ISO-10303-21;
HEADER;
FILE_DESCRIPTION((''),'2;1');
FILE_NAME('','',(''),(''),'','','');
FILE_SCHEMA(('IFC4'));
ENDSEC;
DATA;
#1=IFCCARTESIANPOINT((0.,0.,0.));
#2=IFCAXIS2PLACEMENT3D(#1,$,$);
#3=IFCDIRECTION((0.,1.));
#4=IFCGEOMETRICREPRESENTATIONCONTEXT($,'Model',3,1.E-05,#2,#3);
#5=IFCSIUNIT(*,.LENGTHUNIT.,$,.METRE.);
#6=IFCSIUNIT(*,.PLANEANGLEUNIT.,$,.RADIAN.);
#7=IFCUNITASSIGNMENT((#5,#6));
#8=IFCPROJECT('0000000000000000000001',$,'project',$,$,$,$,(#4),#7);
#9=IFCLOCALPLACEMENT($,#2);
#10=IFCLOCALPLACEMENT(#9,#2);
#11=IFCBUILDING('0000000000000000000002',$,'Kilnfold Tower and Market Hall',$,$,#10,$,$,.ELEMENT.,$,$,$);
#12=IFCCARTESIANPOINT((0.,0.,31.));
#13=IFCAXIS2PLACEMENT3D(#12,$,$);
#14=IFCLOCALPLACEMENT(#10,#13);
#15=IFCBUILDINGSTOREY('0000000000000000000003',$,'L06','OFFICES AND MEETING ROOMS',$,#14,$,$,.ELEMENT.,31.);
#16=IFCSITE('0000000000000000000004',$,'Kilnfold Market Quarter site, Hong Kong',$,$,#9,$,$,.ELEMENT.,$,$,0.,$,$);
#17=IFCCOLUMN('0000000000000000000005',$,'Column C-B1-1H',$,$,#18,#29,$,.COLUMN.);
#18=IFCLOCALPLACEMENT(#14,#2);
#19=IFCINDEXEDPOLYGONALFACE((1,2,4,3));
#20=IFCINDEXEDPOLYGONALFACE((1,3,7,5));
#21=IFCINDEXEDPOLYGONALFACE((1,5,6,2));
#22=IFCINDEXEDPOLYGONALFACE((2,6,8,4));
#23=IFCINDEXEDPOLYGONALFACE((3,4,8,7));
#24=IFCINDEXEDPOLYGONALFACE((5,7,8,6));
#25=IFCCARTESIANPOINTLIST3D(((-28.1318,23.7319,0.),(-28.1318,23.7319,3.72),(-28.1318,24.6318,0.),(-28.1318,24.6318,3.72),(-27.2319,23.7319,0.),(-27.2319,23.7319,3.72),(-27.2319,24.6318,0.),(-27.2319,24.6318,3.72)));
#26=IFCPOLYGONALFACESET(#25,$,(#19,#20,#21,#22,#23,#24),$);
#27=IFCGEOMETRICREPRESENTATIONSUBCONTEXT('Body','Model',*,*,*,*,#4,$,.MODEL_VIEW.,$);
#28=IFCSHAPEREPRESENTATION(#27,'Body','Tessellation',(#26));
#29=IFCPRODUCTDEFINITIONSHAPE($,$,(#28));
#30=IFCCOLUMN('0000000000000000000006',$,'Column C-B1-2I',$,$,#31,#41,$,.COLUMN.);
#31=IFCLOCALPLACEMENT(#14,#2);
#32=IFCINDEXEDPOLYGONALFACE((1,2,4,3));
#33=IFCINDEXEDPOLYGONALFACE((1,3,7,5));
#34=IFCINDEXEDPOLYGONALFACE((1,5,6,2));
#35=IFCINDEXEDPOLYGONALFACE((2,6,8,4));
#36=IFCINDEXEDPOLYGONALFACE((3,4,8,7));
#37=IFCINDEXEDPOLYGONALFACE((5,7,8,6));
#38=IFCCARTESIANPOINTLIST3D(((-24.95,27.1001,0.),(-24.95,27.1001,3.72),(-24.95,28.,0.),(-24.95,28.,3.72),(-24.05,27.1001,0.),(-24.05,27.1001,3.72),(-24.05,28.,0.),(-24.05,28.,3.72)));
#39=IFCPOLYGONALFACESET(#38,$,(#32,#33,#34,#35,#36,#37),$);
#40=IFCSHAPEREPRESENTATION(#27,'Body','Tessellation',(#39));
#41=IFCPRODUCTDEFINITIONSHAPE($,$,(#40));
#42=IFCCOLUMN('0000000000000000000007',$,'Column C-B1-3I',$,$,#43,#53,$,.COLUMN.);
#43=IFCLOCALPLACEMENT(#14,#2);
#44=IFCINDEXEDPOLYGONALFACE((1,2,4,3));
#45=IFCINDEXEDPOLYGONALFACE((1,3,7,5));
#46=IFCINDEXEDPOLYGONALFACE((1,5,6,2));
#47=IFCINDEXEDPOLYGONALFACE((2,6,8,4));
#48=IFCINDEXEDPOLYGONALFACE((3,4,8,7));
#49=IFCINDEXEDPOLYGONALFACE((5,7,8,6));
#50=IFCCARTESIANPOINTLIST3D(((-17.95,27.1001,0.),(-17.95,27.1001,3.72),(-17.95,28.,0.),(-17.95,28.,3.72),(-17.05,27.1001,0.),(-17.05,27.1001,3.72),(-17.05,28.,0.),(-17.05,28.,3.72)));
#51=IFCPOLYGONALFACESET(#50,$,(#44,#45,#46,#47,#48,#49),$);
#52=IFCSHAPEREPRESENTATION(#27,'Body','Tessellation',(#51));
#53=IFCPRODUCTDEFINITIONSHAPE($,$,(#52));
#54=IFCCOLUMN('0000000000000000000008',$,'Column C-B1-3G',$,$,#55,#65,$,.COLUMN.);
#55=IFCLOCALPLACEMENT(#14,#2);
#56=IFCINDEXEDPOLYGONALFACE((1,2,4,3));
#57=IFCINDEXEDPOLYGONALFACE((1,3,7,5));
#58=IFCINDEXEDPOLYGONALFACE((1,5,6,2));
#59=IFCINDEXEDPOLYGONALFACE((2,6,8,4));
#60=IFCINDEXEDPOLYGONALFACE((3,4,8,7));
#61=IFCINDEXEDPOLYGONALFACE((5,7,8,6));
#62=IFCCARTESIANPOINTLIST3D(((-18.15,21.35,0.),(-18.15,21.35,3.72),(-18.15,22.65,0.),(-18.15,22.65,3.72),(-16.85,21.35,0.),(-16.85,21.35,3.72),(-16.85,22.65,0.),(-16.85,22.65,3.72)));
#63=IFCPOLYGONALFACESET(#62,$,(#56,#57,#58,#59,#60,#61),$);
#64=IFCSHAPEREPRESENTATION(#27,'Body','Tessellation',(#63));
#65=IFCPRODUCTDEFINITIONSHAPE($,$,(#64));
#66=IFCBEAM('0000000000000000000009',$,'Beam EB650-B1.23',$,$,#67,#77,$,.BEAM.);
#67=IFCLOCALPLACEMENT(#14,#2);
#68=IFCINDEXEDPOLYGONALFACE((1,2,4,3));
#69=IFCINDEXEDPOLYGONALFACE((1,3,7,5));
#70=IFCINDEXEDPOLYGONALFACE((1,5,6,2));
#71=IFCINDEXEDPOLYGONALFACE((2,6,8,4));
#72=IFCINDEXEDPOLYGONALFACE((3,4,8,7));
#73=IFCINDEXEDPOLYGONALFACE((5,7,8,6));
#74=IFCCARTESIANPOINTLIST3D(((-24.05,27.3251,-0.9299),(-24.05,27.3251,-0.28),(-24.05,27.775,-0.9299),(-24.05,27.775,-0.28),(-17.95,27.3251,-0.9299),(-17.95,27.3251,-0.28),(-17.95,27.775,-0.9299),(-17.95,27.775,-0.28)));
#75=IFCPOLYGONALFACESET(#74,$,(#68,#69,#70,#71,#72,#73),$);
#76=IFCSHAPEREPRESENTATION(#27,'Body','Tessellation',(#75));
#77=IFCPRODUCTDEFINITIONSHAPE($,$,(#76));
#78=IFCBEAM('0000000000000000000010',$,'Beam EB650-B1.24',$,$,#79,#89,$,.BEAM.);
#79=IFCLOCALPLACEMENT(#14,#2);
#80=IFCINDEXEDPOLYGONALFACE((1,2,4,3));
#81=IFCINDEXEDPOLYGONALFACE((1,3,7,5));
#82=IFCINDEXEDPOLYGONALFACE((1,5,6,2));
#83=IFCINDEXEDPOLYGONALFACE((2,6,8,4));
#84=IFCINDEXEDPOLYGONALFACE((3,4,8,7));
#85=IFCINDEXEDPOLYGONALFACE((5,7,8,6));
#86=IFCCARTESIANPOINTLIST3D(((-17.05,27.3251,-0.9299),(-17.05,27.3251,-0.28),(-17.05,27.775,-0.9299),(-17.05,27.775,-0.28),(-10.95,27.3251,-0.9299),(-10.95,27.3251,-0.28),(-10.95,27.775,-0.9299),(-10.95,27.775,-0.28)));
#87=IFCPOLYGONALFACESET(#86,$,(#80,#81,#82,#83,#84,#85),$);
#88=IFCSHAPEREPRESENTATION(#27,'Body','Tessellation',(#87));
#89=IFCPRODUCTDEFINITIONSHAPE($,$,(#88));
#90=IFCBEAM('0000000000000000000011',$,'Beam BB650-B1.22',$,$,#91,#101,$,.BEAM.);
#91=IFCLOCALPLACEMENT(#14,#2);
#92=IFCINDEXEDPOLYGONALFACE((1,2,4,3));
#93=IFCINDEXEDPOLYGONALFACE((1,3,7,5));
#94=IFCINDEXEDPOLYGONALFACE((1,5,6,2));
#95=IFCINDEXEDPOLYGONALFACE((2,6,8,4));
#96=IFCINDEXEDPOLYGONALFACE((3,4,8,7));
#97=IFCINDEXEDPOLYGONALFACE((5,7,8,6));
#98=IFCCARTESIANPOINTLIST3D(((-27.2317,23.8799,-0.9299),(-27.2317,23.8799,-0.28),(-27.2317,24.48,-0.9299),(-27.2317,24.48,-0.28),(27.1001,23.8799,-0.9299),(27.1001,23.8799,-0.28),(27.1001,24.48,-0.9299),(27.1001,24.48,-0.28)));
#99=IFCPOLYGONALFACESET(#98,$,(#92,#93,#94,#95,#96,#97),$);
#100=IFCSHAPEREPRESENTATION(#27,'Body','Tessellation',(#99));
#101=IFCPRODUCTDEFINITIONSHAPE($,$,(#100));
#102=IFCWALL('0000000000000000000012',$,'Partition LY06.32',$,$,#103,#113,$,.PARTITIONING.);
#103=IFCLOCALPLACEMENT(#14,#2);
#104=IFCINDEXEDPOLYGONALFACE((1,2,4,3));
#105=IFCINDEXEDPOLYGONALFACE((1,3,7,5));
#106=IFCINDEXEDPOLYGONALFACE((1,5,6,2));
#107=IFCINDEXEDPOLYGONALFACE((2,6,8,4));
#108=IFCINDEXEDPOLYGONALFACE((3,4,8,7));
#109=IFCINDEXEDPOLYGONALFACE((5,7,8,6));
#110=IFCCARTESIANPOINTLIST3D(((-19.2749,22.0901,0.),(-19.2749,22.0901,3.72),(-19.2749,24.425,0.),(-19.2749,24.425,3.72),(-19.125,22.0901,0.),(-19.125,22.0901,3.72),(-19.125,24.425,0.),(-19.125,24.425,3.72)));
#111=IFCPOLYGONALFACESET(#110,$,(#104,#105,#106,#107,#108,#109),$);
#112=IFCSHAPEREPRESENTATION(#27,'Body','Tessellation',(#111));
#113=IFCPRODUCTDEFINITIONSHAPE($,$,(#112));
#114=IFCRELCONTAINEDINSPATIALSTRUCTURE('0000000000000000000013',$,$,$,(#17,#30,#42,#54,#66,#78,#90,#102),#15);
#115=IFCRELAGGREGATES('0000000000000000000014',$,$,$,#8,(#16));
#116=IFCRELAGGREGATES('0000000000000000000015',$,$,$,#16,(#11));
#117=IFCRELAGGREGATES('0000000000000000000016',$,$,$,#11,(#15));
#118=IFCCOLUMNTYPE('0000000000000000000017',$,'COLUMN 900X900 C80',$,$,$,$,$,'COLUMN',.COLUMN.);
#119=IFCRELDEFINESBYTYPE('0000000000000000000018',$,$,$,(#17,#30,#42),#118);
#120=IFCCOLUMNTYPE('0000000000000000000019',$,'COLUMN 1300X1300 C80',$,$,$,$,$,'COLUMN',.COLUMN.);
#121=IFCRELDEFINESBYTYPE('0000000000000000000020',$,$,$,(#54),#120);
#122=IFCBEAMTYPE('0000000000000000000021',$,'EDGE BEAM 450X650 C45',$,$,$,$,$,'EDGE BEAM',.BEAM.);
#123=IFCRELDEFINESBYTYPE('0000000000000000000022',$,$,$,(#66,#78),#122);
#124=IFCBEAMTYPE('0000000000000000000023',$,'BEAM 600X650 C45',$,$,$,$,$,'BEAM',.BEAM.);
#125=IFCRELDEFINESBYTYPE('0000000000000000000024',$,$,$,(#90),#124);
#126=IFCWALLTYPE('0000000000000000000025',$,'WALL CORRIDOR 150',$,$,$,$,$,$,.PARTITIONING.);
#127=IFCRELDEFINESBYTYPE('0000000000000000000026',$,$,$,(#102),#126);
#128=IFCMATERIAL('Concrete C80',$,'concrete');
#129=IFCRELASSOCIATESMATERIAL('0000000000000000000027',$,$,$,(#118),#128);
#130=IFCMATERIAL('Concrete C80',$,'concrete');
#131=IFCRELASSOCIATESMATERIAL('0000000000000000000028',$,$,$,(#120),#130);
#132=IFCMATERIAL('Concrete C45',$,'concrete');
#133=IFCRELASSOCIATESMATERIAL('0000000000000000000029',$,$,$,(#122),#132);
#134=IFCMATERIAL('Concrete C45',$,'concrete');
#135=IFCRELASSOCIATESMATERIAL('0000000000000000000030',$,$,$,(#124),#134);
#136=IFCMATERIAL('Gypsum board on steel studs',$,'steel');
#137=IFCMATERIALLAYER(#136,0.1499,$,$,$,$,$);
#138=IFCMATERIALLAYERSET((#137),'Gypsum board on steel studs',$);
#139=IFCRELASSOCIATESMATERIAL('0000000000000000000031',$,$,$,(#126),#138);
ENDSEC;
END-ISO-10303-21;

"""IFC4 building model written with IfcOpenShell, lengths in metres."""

from ifc_helpers import new_model, si_unit, direction, frame, frame_2d, origin, origin_2d, place, context, subcontext, project, spatial, rectangle, extrude, source, transform, mapped, material, layer, layer_set, material_profile, profile_set, type_object, element, save


model = new_model("IFC4")

# Units and contexts
model_context = context("Model", 3, precision=1e-05, world=origin(), true_north=direction((0.0, 1.0)))
body_context = subcontext(model_context, "Body", "Model", "MODEL_VIEW")
ifc_project = project(units=[si_unit("LENGTHUNIT", "METRE"), si_unit("PLANEANGLEUNIT", "RADIAN")], contexts=[model_context])

# Site, building, storey
site_placement = place(None, origin())
site = spatial("IfcSite", under=ifc_project, at=site_placement, Name="Kilnfold Market Quarter site, Hong Kong", CompositionType="ELEMENT", RefElevation=0.0)
building_placement = place(site_placement, origin())
building = spatial("IfcBuilding", under=site, at=building_placement, Name="Kilnfold Tower and Market Hall", CompositionType="ELEMENT")
storey_placement = place(building_placement, frame((0.0, 0.0, 31.0)))
storey = spatial("IfcBuildingStorey", under=building, at=storey_placement, Name="L06", Description="OFFICES AND MEETING ROOMS", CompositionType="ELEMENT", Elevation=31.0)

# Columns
ifc_material_1 = material(Name="Concrete C80", Category="concrete")
ifc_material_profile_1 = material_profile(ifc_material_1, rectangle(XDim=0.8999, YDim=0.8999, at=origin_2d()), Name="RC 900x900")
ifc_profile_set_1 = profile_set([ifc_material_profile_1], Name="Concrete C80")
column_type_1 = type_object("IfcColumnType", Name="COLUMN 900X900 C80", ElementType="COLUMN", PredefinedType="COLUMN", material=ifc_profile_set_1)
shared_shape_1 = source(origin(), body_context, "Body", "SweptSolid", [
    extrude(rectangle(XDim=0.8999, YDim=0.8999, at=origin_2d()), origin(), (0.0, 0.0, 1.0), 3.72),
])
for number, where, z_axis, x_axis, name in (
    (1, (-27.6819, 24.1819, 0.0), (0.0, 0.0, 1.0), (1.0, 0.0, 0.0), "Column C-B1-1H"),
    (2, (-24.5, 27.55, 0.0), (0.0, 0.0, 1.0), (1.0, 0.0, 0.0), "Column C-B1-2I"),
    (3, (-17.5, 27.55, 0.0), (0.0, 0.0, 1.0), (1.0, 0.0, 0.0), "Column C-B1-3I"),
):
    element("IfcColumn", number, at=place(storey_placement, frame(where, z_axis=z_axis, x_axis=x_axis)), inside=storey, type_object=column_type_1, Name=name, PredefinedType="COLUMN", context=body_context, shape_type="MappedRepresentation", body=[
        mapped(shared_shape_1, transform((0.0, 0.0, 0.0))),
    ])
ifc_material_2 = material(Name="Concrete C80", Category="concrete")
ifc_material_profile_2 = material_profile(ifc_material_2, rectangle(XDim=1.3, YDim=1.3, at=origin_2d()), Name="RC 1300x1300")
ifc_profile_set_2 = profile_set([ifc_material_profile_2], Name="Concrete C80")
column_type_2 = type_object("IfcColumnType", Name="COLUMN 1300X1300 C80", ElementType="COLUMN", PredefinedType="COLUMN", material=ifc_profile_set_2)
shared_shape_2 = source(origin(), body_context, "Body", "SweptSolid", [
    extrude(rectangle(XDim=1.3, YDim=1.3, at=origin_2d()), origin(), (0.0, 0.0, 1.0), 3.72),
])
column_placement = place(storey_placement, frame((-17.5, 22.0, 0.0), z_axis=(0.0, 0.0, 1.0), x_axis=(1.0, 0.0, 0.0)))
element("IfcColumn", 4, at=column_placement, inside=storey, type_object=column_type_2, Name="Column C-B1-3G", PredefinedType="COLUMN", context=body_context, shape_type="MappedRepresentation", body=[
    mapped(shared_shape_2, transform((0.0, 0.0, 0.0))),
])

# Beams
ifc_material_3 = material(Name="Concrete C45", Category="concrete")
ifc_material_profile_3 = material_profile(ifc_material_3, rectangle(XDim=0.45, YDim=0.6499, at=origin_2d()), Name="RC 450x650")
ifc_profile_set_3 = profile_set([ifc_material_profile_3], Name="Concrete C45")
beam_type_1 = type_object("IfcBeamType", Name="EDGE BEAM 450X650 C45", ElementType="EDGE BEAM", PredefinedType="BEAM", material=ifc_profile_set_3)
shared_shape_3 = source(origin(), body_context, "Body", "SweptSolid", [
    extrude(rectangle(XDim=0.45, YDim=0.6499, at=origin_2d()), origin(), (0.0, 0.0, 1.0), 6.1001),
])
for number, where, z_axis, x_axis, name in (
    (5, (-24.05, 27.55, -0.605), (1.0, 0.0, 0.0), (0.0, 1.0, 0.0), "Beam EB650-B1.23"),
    (6, (-17.05, 27.55, -0.605), (1.0, 0.0, 0.0), (0.0, 1.0, 0.0), "Beam EB650-B1.24"),
):
    element("IfcBeam", number, at=place(storey_placement, frame(where, z_axis=z_axis, x_axis=x_axis)), inside=storey, type_object=beam_type_1, Name=name, PredefinedType="BEAM", context=body_context, shape_type="MappedRepresentation", body=[
        mapped(shared_shape_3, transform((0.0, 0.0, 0.0))),
    ])
ifc_material_4 = material(Name="Concrete C45", Category="concrete")
ifc_material_profile_4 = material_profile(ifc_material_4, rectangle(XDim=0.6001, YDim=0.6499, at=origin_2d()), Name="RC 600x650")
ifc_profile_set_4 = profile_set([ifc_material_profile_4], Name="Concrete C45")
beam_type_2 = type_object("IfcBeamType", Name="BEAM 600X650 C45", ElementType="BEAM", PredefinedType="BEAM", material=ifc_profile_set_4)
shared_shape_4 = source(origin(), body_context, "Body", "SweptSolid", [
    extrude(rectangle(XDim=0.6001, YDim=0.6499, at=origin_2d()), origin(), (0.0, 0.0, 1.0), 54.3318),
])
beam_placement = place(storey_placement, frame((-27.2317, 24.1799, -0.605), z_axis=(1.0, 0.0, 0.0), x_axis=(0.0, 1.0, 0.0)))
element("IfcBeam", 7, at=beam_placement, inside=storey, type_object=beam_type_2, Name="Beam BB650-B1.22", PredefinedType="BEAM", context=body_context, shape_type="MappedRepresentation", body=[
    mapped(shared_shape_4, transform((0.0, 0.0, 0.0))),
])

# Wall
ifc_material_5 = material(Name="Gypsum board on steel studs", Category="steel")
ifc_layer_1 = layer(ifc_material_5, 0.1499)
ifc_layer_set_1 = layer_set([ifc_layer_1], Name="Gypsum board on steel studs")
wall_type_1 = type_object("IfcWallType", Name="WALL CORRIDOR 150", PredefinedType="PARTITIONING", material=ifc_layer_set_1)
wall_1_placement = place(storey_placement, frame((-19.2, 22.0901, 0.0), z_axis=(0.0, 0.0, 1.0), x_axis=(0.0, 1.0, 0.0)))
element("IfcWall", 8, at=wall_1_placement, inside=storey, type_object=wall_type_1, Name="Partition LY06.32", PredefinedType="PARTITIONING", context=body_context, shape_type="SweptSolid", body=[
    extrude(rectangle(XDim=2.335, YDim=0.1499, at=frame_2d((1.1675, 0.0))), origin(), (0.0, 0.0, 1.0), 3.72),
])

save(model, "model.ifc")
